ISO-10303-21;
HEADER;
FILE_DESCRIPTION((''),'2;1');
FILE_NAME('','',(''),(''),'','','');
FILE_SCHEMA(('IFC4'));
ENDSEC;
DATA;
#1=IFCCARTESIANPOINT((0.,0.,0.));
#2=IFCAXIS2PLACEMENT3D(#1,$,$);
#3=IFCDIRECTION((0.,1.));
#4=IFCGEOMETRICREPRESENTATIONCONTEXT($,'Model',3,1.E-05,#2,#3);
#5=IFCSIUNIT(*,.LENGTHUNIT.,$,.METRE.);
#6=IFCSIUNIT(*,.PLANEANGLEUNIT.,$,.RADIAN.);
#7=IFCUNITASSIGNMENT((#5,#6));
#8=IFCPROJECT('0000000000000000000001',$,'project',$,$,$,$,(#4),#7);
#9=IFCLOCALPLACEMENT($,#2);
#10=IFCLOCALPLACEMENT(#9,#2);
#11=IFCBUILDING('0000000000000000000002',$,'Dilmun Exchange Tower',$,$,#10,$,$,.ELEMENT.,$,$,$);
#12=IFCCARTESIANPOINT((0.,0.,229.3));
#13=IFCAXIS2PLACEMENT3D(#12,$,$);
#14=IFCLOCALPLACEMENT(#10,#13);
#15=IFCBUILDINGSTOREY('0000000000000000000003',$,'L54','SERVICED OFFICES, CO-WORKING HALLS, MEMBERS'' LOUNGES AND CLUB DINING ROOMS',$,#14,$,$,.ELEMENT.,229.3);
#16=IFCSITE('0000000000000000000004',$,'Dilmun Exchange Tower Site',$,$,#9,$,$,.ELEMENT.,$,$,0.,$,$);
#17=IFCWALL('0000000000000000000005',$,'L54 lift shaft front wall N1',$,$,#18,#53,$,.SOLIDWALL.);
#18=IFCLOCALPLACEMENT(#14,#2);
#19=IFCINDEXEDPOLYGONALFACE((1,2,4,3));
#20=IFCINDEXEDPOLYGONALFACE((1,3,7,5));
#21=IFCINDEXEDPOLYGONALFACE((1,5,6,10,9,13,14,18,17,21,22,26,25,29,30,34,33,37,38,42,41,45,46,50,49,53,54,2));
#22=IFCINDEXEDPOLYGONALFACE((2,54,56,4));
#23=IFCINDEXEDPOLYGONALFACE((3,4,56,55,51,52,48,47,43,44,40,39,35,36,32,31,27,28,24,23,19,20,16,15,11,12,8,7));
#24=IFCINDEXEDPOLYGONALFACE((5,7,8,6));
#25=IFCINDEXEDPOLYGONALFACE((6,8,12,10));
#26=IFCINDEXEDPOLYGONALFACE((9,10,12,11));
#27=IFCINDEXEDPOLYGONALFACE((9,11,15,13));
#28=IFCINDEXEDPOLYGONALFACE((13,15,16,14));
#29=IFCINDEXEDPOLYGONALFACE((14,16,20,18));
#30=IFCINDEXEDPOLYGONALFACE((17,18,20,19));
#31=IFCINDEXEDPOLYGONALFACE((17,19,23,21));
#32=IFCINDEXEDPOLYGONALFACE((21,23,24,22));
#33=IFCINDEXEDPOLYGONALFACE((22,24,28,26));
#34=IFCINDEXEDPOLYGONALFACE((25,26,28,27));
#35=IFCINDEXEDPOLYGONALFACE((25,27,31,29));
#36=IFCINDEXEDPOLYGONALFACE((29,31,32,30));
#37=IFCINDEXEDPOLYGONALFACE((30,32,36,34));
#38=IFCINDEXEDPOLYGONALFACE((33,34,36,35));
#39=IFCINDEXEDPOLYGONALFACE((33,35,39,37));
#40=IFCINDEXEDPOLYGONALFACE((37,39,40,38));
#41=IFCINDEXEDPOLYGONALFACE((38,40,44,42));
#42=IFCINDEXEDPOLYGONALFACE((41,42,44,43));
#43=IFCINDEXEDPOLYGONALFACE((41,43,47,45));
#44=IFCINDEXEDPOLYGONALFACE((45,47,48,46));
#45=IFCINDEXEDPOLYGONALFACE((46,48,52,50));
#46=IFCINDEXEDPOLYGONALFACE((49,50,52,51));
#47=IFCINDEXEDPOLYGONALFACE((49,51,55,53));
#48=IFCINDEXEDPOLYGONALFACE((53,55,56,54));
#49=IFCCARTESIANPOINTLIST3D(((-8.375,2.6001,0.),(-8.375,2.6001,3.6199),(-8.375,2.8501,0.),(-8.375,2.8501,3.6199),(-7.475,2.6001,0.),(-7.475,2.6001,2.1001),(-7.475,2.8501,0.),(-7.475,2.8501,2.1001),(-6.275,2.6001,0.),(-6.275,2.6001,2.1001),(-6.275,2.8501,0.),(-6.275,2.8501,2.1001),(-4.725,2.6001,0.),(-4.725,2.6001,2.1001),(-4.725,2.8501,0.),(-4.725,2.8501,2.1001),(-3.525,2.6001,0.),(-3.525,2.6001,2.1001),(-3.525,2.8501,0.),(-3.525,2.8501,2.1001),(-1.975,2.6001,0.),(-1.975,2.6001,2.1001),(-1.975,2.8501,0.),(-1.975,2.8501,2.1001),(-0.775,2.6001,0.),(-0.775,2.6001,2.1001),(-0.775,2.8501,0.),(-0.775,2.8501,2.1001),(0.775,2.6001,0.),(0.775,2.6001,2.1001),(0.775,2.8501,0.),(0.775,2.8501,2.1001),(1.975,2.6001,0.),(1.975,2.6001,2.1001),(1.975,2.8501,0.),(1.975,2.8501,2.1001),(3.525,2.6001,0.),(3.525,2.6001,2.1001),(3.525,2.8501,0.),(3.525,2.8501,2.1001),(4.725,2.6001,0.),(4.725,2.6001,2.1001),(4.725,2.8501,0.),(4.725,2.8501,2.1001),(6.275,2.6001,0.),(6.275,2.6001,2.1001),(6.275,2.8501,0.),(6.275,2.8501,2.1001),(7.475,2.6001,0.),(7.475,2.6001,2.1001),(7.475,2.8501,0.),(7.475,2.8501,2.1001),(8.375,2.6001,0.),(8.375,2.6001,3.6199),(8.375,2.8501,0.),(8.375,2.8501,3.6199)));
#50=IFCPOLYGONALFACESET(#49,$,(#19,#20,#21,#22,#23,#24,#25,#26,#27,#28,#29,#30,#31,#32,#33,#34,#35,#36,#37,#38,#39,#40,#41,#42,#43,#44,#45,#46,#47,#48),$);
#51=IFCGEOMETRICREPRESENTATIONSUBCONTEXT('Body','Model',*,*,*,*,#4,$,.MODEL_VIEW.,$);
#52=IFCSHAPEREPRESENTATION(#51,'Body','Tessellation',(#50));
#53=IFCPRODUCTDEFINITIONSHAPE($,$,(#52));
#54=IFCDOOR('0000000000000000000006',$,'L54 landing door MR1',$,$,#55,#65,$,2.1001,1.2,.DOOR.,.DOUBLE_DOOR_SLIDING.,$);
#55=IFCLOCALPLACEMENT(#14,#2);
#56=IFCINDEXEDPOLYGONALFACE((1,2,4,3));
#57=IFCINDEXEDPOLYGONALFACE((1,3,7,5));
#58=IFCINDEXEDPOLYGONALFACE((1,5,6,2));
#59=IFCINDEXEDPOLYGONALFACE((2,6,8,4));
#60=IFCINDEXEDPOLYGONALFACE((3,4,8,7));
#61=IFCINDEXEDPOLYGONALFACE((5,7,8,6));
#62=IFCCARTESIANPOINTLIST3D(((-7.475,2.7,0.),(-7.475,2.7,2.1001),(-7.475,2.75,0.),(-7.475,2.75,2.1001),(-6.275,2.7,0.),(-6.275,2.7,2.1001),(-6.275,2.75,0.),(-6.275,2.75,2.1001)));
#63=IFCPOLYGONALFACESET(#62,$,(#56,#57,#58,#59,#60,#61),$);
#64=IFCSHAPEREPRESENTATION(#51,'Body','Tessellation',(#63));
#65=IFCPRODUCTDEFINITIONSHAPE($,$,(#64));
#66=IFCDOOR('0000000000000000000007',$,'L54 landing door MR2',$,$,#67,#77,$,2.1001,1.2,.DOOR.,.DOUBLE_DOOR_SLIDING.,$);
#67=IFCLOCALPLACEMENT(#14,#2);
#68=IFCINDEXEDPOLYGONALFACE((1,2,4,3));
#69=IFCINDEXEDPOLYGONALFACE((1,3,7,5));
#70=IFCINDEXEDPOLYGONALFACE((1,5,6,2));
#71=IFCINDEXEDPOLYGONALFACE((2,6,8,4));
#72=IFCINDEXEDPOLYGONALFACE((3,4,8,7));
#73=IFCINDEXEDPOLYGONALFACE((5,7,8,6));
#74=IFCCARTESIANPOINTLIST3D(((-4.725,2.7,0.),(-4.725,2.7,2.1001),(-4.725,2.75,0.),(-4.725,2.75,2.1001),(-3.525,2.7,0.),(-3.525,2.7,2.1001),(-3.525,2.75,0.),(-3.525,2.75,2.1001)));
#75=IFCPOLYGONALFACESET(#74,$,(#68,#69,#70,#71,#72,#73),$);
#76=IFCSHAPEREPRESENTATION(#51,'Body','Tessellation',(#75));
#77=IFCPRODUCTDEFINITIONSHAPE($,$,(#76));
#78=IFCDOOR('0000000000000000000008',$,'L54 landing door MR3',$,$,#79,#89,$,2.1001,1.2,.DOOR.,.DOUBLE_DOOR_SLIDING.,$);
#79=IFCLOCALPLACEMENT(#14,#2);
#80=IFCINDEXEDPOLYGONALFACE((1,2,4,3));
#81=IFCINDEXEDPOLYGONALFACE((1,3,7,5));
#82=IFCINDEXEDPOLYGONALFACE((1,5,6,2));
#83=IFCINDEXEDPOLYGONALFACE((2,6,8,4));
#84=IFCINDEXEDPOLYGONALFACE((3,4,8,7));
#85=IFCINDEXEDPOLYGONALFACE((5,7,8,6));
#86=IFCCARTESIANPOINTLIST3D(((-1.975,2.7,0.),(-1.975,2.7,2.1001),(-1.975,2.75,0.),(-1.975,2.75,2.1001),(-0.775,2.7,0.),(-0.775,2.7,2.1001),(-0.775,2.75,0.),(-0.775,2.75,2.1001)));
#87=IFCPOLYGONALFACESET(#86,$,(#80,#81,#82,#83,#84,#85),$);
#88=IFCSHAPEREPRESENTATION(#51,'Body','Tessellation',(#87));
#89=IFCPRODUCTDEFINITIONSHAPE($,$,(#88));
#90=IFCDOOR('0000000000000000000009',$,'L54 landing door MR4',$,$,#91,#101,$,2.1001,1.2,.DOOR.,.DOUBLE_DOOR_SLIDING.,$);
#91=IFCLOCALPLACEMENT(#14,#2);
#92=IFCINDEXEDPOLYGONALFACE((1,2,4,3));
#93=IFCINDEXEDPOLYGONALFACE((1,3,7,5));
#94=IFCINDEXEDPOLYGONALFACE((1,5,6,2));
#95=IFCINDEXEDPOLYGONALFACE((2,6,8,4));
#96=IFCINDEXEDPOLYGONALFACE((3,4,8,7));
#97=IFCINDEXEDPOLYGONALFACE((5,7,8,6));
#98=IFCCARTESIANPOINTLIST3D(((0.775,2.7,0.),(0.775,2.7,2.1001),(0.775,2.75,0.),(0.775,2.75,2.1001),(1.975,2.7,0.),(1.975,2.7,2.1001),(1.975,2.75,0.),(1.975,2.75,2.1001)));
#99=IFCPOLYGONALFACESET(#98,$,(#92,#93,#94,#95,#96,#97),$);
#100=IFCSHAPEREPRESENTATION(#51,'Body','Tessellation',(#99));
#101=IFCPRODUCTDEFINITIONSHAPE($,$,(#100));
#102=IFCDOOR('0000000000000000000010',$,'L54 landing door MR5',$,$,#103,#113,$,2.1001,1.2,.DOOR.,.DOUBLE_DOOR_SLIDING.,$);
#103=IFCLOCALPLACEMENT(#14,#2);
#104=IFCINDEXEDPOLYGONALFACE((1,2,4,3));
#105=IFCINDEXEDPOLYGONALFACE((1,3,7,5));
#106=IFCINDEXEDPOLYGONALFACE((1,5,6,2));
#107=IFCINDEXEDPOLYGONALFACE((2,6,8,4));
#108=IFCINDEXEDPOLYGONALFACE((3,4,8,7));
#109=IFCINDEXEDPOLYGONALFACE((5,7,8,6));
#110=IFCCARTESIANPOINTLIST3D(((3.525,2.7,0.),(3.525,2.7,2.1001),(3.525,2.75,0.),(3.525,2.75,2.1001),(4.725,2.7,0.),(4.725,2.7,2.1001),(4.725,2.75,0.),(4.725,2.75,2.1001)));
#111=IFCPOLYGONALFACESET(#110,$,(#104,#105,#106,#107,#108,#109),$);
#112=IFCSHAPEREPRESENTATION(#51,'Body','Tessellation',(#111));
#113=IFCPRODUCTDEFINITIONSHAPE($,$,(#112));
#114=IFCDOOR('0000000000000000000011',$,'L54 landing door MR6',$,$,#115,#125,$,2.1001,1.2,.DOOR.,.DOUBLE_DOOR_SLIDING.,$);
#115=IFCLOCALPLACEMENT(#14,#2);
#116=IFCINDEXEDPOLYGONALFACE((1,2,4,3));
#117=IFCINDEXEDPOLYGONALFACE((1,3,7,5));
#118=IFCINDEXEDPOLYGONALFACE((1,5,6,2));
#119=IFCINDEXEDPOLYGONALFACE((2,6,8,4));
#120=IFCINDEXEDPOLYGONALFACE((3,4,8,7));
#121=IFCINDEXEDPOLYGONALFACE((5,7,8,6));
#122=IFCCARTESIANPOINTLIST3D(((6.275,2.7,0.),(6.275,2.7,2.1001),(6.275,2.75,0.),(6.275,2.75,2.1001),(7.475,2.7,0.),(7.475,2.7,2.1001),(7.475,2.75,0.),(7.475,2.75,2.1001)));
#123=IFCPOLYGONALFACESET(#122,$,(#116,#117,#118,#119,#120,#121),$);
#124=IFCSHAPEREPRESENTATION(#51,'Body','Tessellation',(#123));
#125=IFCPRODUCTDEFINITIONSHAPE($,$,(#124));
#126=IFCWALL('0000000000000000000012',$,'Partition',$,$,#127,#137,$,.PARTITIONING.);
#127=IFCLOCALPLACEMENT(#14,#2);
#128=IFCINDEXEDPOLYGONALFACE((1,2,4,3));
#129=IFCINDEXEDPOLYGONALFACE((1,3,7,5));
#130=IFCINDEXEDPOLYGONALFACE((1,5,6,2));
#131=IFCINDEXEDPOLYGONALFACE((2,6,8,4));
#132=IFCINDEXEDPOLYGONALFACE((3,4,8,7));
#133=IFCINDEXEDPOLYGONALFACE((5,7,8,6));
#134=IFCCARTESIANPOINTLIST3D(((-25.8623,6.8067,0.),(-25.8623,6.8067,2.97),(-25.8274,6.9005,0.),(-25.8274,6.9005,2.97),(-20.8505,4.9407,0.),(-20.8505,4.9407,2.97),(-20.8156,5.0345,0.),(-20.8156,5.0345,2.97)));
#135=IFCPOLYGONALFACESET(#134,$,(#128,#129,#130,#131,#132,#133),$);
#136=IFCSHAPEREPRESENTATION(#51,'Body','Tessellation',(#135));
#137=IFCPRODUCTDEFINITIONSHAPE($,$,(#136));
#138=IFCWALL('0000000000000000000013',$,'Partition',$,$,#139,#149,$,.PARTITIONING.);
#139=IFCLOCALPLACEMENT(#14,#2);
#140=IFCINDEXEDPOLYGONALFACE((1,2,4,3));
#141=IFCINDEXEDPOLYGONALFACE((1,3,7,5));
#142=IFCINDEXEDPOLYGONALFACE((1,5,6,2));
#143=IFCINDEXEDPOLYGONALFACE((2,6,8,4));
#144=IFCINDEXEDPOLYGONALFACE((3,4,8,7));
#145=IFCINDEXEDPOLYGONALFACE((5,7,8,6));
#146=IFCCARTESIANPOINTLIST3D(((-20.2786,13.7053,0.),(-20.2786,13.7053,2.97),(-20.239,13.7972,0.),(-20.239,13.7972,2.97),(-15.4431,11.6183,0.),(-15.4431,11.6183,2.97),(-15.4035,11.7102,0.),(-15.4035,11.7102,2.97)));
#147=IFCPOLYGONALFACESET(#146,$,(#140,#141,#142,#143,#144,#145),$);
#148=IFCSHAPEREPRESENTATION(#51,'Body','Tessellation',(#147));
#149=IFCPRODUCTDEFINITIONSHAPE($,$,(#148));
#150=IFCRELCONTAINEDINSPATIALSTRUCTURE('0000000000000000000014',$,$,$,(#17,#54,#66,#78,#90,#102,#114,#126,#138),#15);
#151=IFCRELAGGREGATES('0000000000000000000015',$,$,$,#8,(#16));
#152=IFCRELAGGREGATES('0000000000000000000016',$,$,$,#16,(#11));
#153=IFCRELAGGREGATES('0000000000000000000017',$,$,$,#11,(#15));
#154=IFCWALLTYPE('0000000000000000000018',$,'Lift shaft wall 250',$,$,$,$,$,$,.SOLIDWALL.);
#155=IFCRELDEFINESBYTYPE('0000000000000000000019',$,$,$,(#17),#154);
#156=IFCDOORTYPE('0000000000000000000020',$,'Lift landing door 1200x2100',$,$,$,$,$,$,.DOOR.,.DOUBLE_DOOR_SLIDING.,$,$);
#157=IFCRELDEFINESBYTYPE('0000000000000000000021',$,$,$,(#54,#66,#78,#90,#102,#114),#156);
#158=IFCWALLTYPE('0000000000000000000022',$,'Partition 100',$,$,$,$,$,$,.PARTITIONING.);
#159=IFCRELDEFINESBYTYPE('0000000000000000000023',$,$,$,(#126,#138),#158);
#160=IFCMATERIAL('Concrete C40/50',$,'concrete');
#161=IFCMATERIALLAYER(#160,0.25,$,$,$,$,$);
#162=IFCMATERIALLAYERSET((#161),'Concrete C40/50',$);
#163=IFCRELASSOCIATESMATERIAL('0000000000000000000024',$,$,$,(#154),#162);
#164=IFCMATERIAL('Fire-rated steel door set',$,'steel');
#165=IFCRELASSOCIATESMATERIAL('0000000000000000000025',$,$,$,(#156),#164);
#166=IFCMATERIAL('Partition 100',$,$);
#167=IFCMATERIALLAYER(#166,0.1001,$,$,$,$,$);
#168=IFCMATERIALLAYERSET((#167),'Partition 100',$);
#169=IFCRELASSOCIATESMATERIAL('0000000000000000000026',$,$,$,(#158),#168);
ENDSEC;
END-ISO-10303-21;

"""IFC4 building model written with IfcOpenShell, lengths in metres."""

from ifc_helpers import new_model, si_unit, direction, frame, frame_2d, origin, place, context, subcontext, project, spatial, rectangle, extrude, material, layer, layer_set, type_object, element, fill, save


model = new_model("IFC4")

# Units and contexts
model_context = context("Model", 3, precision=1e-05, world=origin(), true_north=direction((0.0, 1.0)))
body_context = subcontext(model_context, "Body", "Model", "MODEL_VIEW")
ifc_project = project(units=[si_unit("LENGTHUNIT", "METRE"), si_unit("PLANEANGLEUNIT", "RADIAN")], contexts=[model_context])

# Site, building, storey
site_placement = place(None, origin())
site = spatial("IfcSite", under=ifc_project, at=site_placement, Name="Dilmun Exchange Tower Site", CompositionType="ELEMENT", RefElevation=0.0)
building_placement = place(site_placement, origin())
building = spatial("IfcBuilding", under=site, at=building_placement, Name="Dilmun Exchange Tower", CompositionType="ELEMENT")
storey_placement = place(building_placement, frame((0.0, 0.0, 229.3)))
storey = spatial("IfcBuildingStorey", under=building, at=storey_placement, Name="L54", Description="SERVICED OFFICES, CO-WORKING HALLS, MEMBERS' LOUNGES AND CLUB DINING ROOMS", CompositionType="ELEMENT", Elevation=229.3)

# Shared definitions
ifc_material_1 = material(Name="Concrete C40/50", Category="concrete")

# Shared definitions
ifc_material_2 = material(Name="Fire-rated steel door set", Category="steel")

# Wall, openings, doors
ifc_layer_1 = layer(ifc_material_1, 0.25)
ifc_layer_set_1 = layer_set([ifc_layer_1], Name="Concrete C40/50")
wall_type_1 = type_object("IfcWallType", Name="Lift shaft wall 250", PredefinedType="SOLIDWALL", material=ifc_layer_set_1)
wall_1_placement = place(storey_placement, frame((-8.375, 2.7251, 0.0), z_axis=(0.0, 0.0, 1.0), x_axis=(1.0, 0.0, 0.0)))
wall_1 = element("IfcWall", 1, at=wall_1_placement, inside=storey, type_object=wall_type_1, Name="L54 lift shaft front wall N1", PredefinedType="SOLIDWALL", context=body_context, shape_type="SweptSolid", body=[
    extrude(rectangle(XDim=16.75, YDim=0.25, at=frame_2d((8.375, 0.0))), origin(), (0.0, 0.0, 1.0), 3.6199),
])
opening_1_placement = place(wall_1_placement, frame((0.8999, 0.0, 0.0)))
opening_1 = element("IfcOpeningElement", 2, at=opening_1_placement, cuts=wall_1, PredefinedType="OPENING", context=body_context, shape_type="SweptSolid", body=[
    extrude(rectangle(XDim=1.2, YDim=2.1001, at=frame_2d((0.6001, 1.05))), frame((0.0, 0.135, 0.0), z_axis=(0.0, -1.0, 0.0), x_axis=(1.0, 0.0, 0.0)), (0.0, 0.0, 1.0), 0.27),
])
opening_2_placement = place(wall_1_placement, frame((3.6499, 0.0, 0.0)))
opening_2 = element("IfcOpeningElement", 3, at=opening_2_placement, cuts=wall_1, PredefinedType="OPENING", context=body_context, shape_type="SweptSolid", body=[
    extrude(rectangle(XDim=1.2, YDim=2.1001, at=frame_2d((0.6001, 1.05))), frame((0.0, 0.135, 0.0), z_axis=(0.0, -1.0, 0.0), x_axis=(1.0, 0.0, 0.0)), (0.0, 0.0, 1.0), 0.27),
])
opening_3_placement = place(wall_1_placement, frame((6.3999, 0.0, 0.0)))
opening_3 = element("IfcOpeningElement", 4, at=opening_3_placement, cuts=wall_1, PredefinedType="OPENING", context=body_context, shape_type="SweptSolid", body=[
    extrude(rectangle(XDim=1.2, YDim=2.1001, at=frame_2d((0.6001, 1.05))), frame((0.0, 0.135, 0.0), z_axis=(0.0, -1.0, 0.0), x_axis=(1.0, 0.0, 0.0)), (0.0, 0.0, 1.0), 0.27),
])
opening_4_placement = place(wall_1_placement, frame((9.1499, 0.0, 0.0)))
opening_4 = element("IfcOpeningElement", 5, at=opening_4_placement, cuts=wall_1, PredefinedType="OPENING", context=body_context, shape_type="SweptSolid", body=[
    extrude(rectangle(XDim=1.2, YDim=2.1001, at=frame_2d((0.6001, 1.05))), frame((0.0, 0.135, 0.0), z_axis=(0.0, -1.0, 0.0), x_axis=(1.0, 0.0, 0.0)), (0.0, 0.0, 1.0), 0.27),
])
opening_5_placement = place(wall_1_placement, frame((11.8999, 0.0, 0.0)))
opening_5 = element("IfcOpeningElement", 6, at=opening_5_placement, cuts=wall_1, PredefinedType="OPENING", context=body_context, shape_type="SweptSolid", body=[
    extrude(rectangle(XDim=1.2, YDim=2.1001, at=frame_2d((0.6001, 1.05))), frame((0.0, 0.135, 0.0), z_axis=(0.0, -1.0, 0.0), x_axis=(1.0, 0.0, 0.0)), (0.0, 0.0, 1.0), 0.27),
])
opening_6_placement = place(wall_1_placement, frame((14.6499, 0.0, 0.0)))
opening_6 = element("IfcOpeningElement", 7, at=opening_6_placement, cuts=wall_1, PredefinedType="OPENING", context=body_context, shape_type="SweptSolid", body=[
    extrude(rectangle(XDim=1.2, YDim=2.1001, at=frame_2d((0.6001, 1.05))), frame((0.0, 0.135, 0.0), z_axis=(0.0, -1.0, 0.0), x_axis=(1.0, 0.0, 0.0)), (0.0, 0.0, 1.0), 0.27),
])
door_type_1 = type_object("IfcDoorType", Name="Lift landing door 1200x2100", OperationType="DOUBLE_DOOR_SLIDING", PredefinedType="DOOR", material=ifc_material_2)
door_1_placement = place(opening_1_placement, origin())
door_1 = element("IfcDoor", 8, at=door_1_placement, inside=storey, type_object=door_type_1, Name="L54 landing door MR1", OperationType="DOUBLE_DOOR_SLIDING", OverallHeight=2.1001, OverallWidth=1.2, PredefinedType="DOOR", context=body_context, shape_type="SweptSolid", body=[
    extrude(rectangle(XDim=1.2, YDim=2.1001, at=frame_2d((0.6001, 1.05))), frame((0.0, 0.0249, 0.0), z_axis=(0.0, -1.0, 0.0), x_axis=(1.0, 0.0, 0.0)), (0.0, 0.0, 1.0), 0.05),
])
fill(opening_1, door_1)
door_2_placement = place(opening_2_placement, origin())
door_2 = element("IfcDoor", 9, at=door_2_placement, inside=storey, type_object=door_type_1, Name="L54 landing door MR2", OperationType="DOUBLE_DOOR_SLIDING", OverallHeight=2.1001, OverallWidth=1.2, PredefinedType="DOOR", context=body_context, shape_type="SweptSolid", body=[
    extrude(rectangle(XDim=1.2, YDim=2.1001, at=frame_2d((0.6001, 1.05))), frame((0.0, 0.0249, 0.0), z_axis=(0.0, -1.0, 0.0), x_axis=(1.0, 0.0, 0.0)), (0.0, 0.0, 1.0), 0.05),
])
fill(opening_2, door_2)
door_3_placement = place(opening_3_placement, origin())
door_3 = element("IfcDoor", 10, at=door_3_placement, inside=storey, type_object=door_type_1, Name="L54 landing door MR3", OperationType="DOUBLE_DOOR_SLIDING", OverallHeight=2.1001, OverallWidth=1.2, PredefinedType="DOOR", context=body_context, shape_type="SweptSolid", body=[
    extrude(rectangle(XDim=1.2, YDim=2.1001, at=frame_2d((0.6001, 1.05))), frame((0.0, 0.0249, 0.0), z_axis=(0.0, -1.0, 0.0), x_axis=(1.0, 0.0, 0.0)), (0.0, 0.0, 1.0), 0.05),
])
fill(opening_3, door_3)
door_4_placement = place(opening_4_placement, origin())
door_4 = element("IfcDoor", 11, at=door_4_placement, inside=storey, type_object=door_type_1, Name="L54 landing door MR4", OperationType="DOUBLE_DOOR_SLIDING", OverallHeight=2.1001, OverallWidth=1.2, PredefinedType="DOOR", context=body_context, shape_type="SweptSolid", body=[
    extrude(rectangle(XDim=1.2, YDim=2.1001, at=frame_2d((0.6001, 1.05))), frame((0.0, 0.0249, 0.0), z_axis=(0.0, -1.0, 0.0), x_axis=(1.0, 0.0, 0.0)), (0.0, 0.0, 1.0), 0.05),
])
fill(opening_4, door_4)
door_5_placement = place(opening_5_placement, origin())
door_5 = element("IfcDoor", 12, at=door_5_placement, inside=storey, type_object=door_type_1, Name="L54 landing door MR5", OperationType="DOUBLE_DOOR_SLIDING", OverallHeight=2.1001, OverallWidth=1.2, PredefinedType="DOOR", context=body_context, shape_type="SweptSolid", body=[
    extrude(rectangle(XDim=1.2, YDim=2.1001, at=frame_2d((0.6001, 1.05))), frame((0.0, 0.0249, 0.0), z_axis=(0.0, -1.0, 0.0), x_axis=(1.0, 0.0, 0.0)), (0.0, 0.0, 1.0), 0.05),
])
fill(opening_5, door_5)
door_6_placement = place(opening_6_placement, origin())
door_6 = element("IfcDoor", 13, at=door_6_placement, inside=storey, type_object=door_type_1, Name="L54 landing door MR6", OperationType="DOUBLE_DOOR_SLIDING", OverallHeight=2.1001, OverallWidth=1.2, PredefinedType="DOOR", context=body_context, shape_type="SweptSolid", body=[
    extrude(rectangle(XDim=1.2, YDim=2.1001, at=frame_2d((0.6001, 1.05))), frame((0.0, 0.0249, 0.0), z_axis=(0.0, -1.0, 0.0), x_axis=(1.0, 0.0, 0.0)), (0.0, 0.0, 1.0), 0.05),
])
fill(opening_6, door_6)

# Walls
ifc_material_3 = material(Name="Partition 100")
ifc_layer_2 = layer(ifc_material_3, 0.1001)
ifc_layer_set_2 = layer_set([ifc_layer_2], Name="Partition 100")
wall_type_2 = type_object("IfcWallType", Name="Partition 100", PredefinedType="PARTITIONING", material=ifc_layer_set_2)
wall_2_placement = place(storey_placement, frame((-25.8447, 6.8535, 0.0), z_axis=(0.0, 0.0, 1.0), x_axis=(0.937152, -0.348921, 0.0)))
element("IfcWall", 14, at=wall_2_placement, inside=storey, type_object=wall_type_2, Name="Partition", PredefinedType="PARTITIONING", context=body_context, shape_type="SweptSolid", body=[
    extrude(rectangle(XDim=5.3479, YDim=0.1001, at=frame_2d((2.6738, 0.0))), origin(), (0.0, 0.0, 1.0), 2.97),
])
wall_3_placement = place(storey_placement, frame((-20.2588, 13.7512, 0.0), z_axis=(0.0, 0.0, 1.0), x_axis=(0.91814, -0.396257, 0.0)))
element("IfcWall", 15, at=wall_3_placement, inside=storey, type_object=wall_type_2, Name="Partition", PredefinedType="PARTITIONING", context=body_context, shape_type="SweptSolid", body=[
    extrude(rectangle(XDim=5.2666, YDim=0.1001, at=frame_2d((2.6333, 0.0))), origin(), (0.0, 0.0, 1.0), 2.97),
])

save(model, "model.ifc")
